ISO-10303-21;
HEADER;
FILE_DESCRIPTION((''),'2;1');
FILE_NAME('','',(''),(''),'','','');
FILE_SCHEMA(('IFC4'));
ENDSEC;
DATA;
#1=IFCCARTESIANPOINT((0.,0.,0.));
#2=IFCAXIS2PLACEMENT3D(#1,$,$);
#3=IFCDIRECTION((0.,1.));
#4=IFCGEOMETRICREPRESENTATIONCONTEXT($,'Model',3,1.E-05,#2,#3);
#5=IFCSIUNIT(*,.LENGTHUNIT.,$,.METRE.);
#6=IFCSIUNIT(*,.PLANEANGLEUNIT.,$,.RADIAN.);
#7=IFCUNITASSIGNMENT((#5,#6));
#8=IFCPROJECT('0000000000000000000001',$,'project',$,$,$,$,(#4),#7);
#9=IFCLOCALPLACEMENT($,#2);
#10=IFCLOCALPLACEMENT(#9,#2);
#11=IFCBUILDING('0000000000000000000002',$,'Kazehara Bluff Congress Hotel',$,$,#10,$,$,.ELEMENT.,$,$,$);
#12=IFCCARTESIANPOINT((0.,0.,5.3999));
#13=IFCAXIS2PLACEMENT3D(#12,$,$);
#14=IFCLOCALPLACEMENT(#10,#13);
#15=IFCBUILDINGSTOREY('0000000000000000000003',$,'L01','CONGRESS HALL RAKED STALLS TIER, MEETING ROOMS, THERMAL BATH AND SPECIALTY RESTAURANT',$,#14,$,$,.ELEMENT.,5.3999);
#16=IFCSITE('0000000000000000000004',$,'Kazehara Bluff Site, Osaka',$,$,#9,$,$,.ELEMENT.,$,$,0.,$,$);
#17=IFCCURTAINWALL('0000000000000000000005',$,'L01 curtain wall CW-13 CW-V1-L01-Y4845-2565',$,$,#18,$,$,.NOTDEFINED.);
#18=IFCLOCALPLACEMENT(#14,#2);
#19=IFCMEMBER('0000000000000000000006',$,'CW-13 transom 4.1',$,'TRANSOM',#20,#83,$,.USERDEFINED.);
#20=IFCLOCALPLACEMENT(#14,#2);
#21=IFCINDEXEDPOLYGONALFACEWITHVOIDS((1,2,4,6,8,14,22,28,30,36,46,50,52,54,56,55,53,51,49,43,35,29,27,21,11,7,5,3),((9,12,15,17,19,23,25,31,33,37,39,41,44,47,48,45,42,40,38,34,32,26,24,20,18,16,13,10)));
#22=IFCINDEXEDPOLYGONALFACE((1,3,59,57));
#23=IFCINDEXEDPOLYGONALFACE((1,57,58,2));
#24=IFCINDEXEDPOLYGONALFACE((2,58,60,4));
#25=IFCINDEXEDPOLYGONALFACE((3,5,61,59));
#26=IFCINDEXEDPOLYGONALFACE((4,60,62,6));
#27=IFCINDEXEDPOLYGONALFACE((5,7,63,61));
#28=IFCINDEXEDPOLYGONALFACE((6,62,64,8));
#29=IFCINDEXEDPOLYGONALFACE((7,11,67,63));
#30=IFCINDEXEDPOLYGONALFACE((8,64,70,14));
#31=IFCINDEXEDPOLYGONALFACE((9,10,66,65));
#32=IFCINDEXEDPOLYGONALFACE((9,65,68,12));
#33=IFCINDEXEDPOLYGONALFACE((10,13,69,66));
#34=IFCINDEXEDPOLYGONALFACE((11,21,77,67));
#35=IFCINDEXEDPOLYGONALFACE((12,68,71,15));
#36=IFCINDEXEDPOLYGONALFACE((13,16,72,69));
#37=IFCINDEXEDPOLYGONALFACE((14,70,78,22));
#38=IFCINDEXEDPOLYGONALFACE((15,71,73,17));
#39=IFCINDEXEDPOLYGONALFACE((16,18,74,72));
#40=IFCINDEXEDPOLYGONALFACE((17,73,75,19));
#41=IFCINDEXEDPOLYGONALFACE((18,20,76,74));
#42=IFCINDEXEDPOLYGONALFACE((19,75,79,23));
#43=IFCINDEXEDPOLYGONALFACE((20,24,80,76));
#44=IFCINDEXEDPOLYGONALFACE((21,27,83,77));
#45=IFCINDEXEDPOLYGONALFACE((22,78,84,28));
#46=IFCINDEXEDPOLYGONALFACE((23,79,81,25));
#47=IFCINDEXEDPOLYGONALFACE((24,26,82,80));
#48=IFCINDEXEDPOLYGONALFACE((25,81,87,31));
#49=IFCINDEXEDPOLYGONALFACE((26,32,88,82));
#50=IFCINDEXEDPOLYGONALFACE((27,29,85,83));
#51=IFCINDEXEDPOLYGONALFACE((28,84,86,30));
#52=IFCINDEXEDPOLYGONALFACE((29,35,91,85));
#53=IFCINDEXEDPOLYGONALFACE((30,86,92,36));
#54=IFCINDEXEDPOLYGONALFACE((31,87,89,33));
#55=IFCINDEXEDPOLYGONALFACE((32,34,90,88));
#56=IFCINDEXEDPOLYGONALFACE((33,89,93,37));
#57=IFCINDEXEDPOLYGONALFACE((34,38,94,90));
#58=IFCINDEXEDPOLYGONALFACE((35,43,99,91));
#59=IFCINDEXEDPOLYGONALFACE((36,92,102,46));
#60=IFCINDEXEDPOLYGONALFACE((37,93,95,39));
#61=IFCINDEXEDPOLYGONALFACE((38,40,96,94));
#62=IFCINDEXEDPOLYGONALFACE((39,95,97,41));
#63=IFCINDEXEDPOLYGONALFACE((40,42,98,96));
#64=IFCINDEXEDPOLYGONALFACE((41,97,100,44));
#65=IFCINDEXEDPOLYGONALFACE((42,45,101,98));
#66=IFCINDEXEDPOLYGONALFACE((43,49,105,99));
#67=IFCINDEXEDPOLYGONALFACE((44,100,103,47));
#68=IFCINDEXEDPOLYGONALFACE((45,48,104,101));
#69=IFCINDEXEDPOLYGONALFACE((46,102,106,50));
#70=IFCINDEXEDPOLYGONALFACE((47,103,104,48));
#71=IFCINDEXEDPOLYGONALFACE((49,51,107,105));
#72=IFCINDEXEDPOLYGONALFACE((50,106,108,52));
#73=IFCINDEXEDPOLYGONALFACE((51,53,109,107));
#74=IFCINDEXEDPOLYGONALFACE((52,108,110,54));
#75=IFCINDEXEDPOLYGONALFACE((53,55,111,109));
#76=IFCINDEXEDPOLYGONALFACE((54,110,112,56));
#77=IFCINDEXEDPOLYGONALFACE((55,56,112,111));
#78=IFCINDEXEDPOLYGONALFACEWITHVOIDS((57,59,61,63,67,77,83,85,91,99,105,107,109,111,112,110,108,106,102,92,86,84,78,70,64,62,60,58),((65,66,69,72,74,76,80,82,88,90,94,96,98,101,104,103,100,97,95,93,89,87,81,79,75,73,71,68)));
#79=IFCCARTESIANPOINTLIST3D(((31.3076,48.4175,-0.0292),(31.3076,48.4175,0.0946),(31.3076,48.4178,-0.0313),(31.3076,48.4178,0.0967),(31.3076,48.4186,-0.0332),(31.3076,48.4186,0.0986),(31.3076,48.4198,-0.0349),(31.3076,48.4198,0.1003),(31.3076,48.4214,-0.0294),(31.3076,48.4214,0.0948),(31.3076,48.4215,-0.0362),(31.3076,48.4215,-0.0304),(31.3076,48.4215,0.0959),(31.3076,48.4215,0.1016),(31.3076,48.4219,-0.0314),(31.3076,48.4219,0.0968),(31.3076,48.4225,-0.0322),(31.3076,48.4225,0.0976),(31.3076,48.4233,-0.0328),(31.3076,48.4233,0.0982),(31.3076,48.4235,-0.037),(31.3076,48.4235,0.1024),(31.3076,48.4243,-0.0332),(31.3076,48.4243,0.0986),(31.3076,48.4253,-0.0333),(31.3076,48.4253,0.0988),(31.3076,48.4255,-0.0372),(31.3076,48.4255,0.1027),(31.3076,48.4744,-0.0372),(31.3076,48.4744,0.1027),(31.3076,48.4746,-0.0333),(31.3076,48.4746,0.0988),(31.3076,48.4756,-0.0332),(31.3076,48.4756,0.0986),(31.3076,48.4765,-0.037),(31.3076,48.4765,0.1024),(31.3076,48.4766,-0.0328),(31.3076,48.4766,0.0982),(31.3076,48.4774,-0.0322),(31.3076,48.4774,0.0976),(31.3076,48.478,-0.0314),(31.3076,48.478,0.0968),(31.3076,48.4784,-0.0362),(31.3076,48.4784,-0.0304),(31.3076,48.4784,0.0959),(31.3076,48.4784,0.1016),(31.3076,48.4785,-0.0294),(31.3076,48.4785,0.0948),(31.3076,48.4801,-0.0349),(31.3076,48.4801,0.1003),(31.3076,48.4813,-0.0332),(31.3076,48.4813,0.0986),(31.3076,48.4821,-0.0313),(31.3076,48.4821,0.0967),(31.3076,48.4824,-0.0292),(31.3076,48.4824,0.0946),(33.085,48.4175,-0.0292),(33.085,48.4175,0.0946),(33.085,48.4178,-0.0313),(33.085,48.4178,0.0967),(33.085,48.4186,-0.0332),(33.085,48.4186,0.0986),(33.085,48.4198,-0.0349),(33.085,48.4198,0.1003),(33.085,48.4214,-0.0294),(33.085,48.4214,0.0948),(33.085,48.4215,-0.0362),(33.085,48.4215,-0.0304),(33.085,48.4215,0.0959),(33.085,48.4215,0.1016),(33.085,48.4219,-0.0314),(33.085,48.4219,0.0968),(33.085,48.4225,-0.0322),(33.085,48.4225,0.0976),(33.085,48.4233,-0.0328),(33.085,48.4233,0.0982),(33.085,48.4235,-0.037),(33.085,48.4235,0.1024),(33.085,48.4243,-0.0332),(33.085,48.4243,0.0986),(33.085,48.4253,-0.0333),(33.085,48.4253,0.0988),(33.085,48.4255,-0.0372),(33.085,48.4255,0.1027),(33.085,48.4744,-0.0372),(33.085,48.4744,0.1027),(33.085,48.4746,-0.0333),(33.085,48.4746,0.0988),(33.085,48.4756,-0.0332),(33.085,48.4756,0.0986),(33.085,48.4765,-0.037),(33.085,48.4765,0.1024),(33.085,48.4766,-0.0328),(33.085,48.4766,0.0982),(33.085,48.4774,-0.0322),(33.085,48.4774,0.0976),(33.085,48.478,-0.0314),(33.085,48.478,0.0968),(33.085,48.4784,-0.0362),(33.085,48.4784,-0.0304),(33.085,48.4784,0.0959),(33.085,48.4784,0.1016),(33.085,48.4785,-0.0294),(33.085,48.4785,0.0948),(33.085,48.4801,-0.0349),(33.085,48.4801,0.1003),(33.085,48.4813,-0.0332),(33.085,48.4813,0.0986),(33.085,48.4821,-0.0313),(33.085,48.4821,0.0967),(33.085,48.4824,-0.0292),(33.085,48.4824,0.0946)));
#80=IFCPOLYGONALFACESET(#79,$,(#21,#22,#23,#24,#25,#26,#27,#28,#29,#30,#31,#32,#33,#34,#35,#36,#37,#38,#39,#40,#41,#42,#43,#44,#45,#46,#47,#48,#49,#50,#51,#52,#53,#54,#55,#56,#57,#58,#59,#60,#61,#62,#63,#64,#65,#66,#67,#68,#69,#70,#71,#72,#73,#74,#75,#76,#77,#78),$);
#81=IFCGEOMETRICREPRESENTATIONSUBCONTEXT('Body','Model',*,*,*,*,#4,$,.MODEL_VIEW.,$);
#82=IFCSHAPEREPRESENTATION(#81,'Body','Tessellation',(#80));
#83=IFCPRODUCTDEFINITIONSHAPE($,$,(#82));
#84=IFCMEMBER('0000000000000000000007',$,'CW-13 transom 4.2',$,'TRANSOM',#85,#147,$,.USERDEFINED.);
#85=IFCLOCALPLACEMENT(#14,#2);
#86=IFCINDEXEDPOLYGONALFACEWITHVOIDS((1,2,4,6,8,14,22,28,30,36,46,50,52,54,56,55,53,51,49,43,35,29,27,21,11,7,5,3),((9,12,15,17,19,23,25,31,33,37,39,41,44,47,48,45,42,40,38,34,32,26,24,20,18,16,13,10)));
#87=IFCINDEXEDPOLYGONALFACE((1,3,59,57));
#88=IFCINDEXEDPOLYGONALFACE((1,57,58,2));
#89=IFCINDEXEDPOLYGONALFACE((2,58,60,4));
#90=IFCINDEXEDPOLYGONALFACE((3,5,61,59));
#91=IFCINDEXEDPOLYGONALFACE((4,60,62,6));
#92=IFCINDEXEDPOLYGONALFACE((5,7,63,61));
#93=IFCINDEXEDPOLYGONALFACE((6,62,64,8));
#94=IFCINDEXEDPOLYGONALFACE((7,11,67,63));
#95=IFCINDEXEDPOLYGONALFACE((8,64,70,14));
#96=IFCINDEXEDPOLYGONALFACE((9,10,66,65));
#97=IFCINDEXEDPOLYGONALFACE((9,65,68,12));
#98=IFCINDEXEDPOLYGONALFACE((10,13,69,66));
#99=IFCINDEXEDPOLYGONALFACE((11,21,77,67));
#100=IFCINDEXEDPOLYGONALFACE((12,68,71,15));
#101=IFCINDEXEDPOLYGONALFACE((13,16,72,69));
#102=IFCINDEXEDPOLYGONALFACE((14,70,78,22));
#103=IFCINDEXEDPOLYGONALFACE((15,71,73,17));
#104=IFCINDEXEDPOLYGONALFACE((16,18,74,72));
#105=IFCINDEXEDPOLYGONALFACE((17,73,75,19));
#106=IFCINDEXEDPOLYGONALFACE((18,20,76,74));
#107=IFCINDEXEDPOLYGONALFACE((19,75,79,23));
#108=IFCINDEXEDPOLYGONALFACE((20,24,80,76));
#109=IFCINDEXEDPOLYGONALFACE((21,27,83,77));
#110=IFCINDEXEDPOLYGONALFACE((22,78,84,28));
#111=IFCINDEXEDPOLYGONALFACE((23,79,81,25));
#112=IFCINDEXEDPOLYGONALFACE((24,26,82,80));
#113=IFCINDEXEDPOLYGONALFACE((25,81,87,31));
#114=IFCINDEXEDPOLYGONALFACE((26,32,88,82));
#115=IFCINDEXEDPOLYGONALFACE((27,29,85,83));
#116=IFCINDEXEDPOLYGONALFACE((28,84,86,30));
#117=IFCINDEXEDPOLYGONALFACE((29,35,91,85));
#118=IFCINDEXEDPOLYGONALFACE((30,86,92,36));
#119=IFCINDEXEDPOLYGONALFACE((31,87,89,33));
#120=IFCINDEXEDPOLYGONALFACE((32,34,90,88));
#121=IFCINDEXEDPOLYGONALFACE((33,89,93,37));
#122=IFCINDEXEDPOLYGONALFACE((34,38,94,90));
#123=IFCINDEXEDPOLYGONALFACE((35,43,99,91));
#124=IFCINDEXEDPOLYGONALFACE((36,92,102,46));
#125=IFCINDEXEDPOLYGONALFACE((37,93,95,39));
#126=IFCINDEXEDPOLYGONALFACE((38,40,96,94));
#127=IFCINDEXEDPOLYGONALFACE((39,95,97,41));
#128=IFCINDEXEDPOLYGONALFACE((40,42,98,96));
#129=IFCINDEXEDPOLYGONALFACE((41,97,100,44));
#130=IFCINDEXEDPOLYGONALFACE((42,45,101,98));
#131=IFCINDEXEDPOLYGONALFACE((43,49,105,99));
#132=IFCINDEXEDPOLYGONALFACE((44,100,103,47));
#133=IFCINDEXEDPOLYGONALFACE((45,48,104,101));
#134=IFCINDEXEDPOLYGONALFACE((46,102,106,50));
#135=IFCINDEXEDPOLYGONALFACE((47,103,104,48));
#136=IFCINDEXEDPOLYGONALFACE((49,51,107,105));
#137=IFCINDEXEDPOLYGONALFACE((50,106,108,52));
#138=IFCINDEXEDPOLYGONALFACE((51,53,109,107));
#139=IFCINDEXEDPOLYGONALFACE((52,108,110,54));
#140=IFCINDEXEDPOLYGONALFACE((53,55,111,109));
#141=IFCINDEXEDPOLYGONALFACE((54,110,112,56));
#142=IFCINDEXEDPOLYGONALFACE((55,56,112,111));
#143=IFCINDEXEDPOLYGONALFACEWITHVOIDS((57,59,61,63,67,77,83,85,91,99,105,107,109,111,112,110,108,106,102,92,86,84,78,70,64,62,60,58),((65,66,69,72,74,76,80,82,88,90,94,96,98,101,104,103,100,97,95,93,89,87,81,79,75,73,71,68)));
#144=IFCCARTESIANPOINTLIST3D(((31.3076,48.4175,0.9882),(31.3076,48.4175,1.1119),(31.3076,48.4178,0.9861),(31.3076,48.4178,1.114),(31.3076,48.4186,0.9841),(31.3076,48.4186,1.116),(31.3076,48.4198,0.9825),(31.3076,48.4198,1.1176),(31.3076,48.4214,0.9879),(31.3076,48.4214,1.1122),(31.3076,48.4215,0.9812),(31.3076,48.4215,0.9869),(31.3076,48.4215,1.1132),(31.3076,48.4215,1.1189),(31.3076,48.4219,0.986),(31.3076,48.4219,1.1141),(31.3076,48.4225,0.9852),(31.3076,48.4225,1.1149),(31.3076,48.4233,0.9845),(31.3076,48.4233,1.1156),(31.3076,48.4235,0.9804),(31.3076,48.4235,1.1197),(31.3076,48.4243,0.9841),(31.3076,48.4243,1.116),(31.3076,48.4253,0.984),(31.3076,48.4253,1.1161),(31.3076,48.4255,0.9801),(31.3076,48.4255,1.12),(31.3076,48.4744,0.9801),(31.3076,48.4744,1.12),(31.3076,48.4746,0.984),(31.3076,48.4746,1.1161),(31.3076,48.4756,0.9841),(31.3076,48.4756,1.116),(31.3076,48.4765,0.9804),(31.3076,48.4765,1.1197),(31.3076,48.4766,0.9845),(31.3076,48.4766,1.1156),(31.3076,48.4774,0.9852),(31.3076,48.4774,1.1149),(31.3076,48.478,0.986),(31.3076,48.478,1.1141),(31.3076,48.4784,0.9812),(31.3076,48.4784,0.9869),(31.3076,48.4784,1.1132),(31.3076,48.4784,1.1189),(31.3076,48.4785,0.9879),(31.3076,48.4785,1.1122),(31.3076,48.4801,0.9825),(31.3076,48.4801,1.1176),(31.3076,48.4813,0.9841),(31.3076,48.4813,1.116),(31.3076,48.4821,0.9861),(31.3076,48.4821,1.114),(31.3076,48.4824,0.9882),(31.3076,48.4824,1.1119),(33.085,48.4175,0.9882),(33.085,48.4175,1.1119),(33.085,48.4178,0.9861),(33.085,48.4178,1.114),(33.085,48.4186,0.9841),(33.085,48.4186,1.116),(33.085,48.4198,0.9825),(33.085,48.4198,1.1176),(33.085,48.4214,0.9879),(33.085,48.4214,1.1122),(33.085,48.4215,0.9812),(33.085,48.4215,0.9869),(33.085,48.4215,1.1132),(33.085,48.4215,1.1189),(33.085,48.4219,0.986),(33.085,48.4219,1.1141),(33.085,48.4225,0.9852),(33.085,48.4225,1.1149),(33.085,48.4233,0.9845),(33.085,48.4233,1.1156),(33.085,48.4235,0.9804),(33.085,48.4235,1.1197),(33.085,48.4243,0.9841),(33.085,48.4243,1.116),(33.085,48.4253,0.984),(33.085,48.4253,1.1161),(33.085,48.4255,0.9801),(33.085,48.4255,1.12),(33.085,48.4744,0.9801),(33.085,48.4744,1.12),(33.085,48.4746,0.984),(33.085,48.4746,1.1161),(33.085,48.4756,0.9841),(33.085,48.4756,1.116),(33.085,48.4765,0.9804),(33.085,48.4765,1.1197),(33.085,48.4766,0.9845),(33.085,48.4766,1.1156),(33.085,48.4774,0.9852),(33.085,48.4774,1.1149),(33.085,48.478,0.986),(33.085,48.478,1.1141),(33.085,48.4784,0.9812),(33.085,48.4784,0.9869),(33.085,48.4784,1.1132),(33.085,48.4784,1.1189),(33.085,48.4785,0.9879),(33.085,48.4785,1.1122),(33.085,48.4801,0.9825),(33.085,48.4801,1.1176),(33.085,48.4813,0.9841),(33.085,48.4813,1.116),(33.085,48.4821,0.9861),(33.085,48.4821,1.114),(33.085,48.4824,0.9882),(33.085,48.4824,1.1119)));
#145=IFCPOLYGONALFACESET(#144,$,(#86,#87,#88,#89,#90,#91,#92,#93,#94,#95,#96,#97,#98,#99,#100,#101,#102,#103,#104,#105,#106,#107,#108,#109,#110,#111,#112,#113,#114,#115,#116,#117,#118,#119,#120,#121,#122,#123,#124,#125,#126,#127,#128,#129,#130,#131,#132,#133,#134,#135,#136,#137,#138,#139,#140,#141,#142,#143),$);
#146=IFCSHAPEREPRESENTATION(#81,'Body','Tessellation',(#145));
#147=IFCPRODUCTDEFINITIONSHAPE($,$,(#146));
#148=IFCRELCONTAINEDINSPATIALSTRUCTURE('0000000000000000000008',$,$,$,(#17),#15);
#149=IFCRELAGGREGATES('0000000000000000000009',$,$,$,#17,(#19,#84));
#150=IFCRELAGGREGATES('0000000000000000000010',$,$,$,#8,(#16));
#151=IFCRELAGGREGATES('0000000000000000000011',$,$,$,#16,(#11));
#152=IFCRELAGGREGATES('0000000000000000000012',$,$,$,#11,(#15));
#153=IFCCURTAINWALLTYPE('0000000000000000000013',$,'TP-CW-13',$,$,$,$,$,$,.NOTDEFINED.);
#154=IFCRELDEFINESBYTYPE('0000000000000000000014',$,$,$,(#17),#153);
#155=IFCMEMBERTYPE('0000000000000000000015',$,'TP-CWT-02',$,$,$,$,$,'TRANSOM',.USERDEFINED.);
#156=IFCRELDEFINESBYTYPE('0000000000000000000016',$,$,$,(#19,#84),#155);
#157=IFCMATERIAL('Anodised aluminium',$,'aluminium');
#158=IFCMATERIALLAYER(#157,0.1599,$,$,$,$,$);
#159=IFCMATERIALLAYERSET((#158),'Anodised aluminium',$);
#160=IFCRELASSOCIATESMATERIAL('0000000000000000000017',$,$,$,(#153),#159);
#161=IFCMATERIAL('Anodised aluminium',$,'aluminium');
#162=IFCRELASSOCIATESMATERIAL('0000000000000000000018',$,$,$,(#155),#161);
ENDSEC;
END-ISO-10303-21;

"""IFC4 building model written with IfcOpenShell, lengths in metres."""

from ifc_helpers import new_model, si_unit, direction, frame, origin, origin_2d, place, context, subcontext, project, spatial, hollow_rectangle, extrude, material, layer, layer_set, material_profile, profile_set, type_object, element, aggregate, save


model = new_model("IFC4")

# Units and contexts
model_context = context("Model", 3, precision=1e-05, world=origin(), true_north=direction((0.0, 1.0)))
body_context = subcontext(model_context, "Body", "Model", "MODEL_VIEW")
ifc_project = project(units=[si_unit("LENGTHUNIT", "METRE"), si_unit("PLANEANGLEUNIT", "RADIAN")], contexts=[model_context])

# Site, building, storey
site_placement = place(None, origin())
site = spatial("IfcSite", under=ifc_project, at=site_placement, Name="Kazehara Bluff Site, Osaka", CompositionType="ELEMENT", RefElevation=0.0)
building_placement = place(site_placement, origin())
building = spatial("IfcBuilding", under=site, at=building_placement, Name="Kazehara Bluff Congress Hotel", CompositionType="ELEMENT")
storey_placement = place(building_placement, frame((0.0, 0.0, 5.3999)))
storey = spatial("IfcBuildingStorey", under=building, at=storey_placement, Name="L01", Description="CONGRESS HALL RAKED STALLS TIER, MEETING ROOMS, THERMAL BATH AND SPECIALTY RESTAURANT", CompositionType="ELEMENT", Elevation=5.3999)

# Curtain wall
ifc_material_1 = material(Name="Anodised aluminium", Category="aluminium")
ifc_layer_1 = layer(ifc_material_1, 0.1599)
ifc_layer_set_1 = layer_set([ifc_layer_1], Name="Anodised aluminium")
curtain_wall_type_1 = type_object("IfcCurtainWallType", Name="TP-CW-13", PredefinedType="NOTDEFINED", material=ifc_layer_set_1)
curtain_wall_1_placement = place(storey_placement, origin())
curtain_wall_1 = element("IfcCurtainWall", 1, at=curtain_wall_1_placement, inside=storey, type_object=curtain_wall_type_1, Name="L01 curtain wall CW-13 CW-V1-L01-Y4845-2565", PredefinedType="NOTDEFINED")

# Members
ifc_material_2 = material(Name="Anodised aluminium", Category="aluminium")
ifc_material_profile_1 = material_profile(ifc_material_2, hollow_rectangle(XDim=0.0649, YDim=0.1399, WallThickness=0.0039, InnerFilletRadius=0.0039, OuterFilletRadius=0.0081, at=origin_2d()))
ifc_profile_set_1 = profile_set([ifc_material_profile_1], Name="Anodised aluminium")
member_type_1 = type_object("IfcMemberType", Name="TP-CWT-02", ElementType="TRANSOM", PredefinedType="USERDEFINED", material=ifc_profile_set_1)
member_1_placement = place(storey_placement, frame((31.3076, 48.45, 0.0327), z_axis=(1.0, 0.0, 0.0), x_axis=(0.0, 1.0, 0.0)))
member_1 = element("IfcMember", 2, at=member_1_placement, type_object=member_type_1, Name="CW-13 transom 4.1", ObjectType="TRANSOM", PredefinedType="USERDEFINED", context=body_context, shape_type="SweptSolid", body=[
    extrude(hollow_rectangle(XDim=0.0649, YDim=0.1399, WallThickness=0.0039, InnerFilletRadius=0.0039, OuterFilletRadius=0.0081, at=origin_2d()), origin(), (0.0, 0.0, 1.0), 1.7773),
])
member_2_placement = place(storey_placement, frame((31.3076, 48.45, 1.05), z_axis=(1.0, 0.0, 0.0), x_axis=(0.0, 1.0, 0.0)))
member_2 = element("IfcMember", 3, at=member_2_placement, type_object=member_type_1, Name="CW-13 transom 4.2", ObjectType="TRANSOM", PredefinedType="USERDEFINED", context=body_context, shape_type="SweptSolid", body=[
    extrude(hollow_rectangle(XDim=0.0649, YDim=0.1399, WallThickness=0.0039, InnerFilletRadius=0.0039, OuterFilletRadius=0.0081, at=origin_2d()), origin(), (0.0, 0.0, 1.0), 1.7773),
])

aggregate(curtain_wall_1, [member_1, member_2])

save(model, "model.ifc")
